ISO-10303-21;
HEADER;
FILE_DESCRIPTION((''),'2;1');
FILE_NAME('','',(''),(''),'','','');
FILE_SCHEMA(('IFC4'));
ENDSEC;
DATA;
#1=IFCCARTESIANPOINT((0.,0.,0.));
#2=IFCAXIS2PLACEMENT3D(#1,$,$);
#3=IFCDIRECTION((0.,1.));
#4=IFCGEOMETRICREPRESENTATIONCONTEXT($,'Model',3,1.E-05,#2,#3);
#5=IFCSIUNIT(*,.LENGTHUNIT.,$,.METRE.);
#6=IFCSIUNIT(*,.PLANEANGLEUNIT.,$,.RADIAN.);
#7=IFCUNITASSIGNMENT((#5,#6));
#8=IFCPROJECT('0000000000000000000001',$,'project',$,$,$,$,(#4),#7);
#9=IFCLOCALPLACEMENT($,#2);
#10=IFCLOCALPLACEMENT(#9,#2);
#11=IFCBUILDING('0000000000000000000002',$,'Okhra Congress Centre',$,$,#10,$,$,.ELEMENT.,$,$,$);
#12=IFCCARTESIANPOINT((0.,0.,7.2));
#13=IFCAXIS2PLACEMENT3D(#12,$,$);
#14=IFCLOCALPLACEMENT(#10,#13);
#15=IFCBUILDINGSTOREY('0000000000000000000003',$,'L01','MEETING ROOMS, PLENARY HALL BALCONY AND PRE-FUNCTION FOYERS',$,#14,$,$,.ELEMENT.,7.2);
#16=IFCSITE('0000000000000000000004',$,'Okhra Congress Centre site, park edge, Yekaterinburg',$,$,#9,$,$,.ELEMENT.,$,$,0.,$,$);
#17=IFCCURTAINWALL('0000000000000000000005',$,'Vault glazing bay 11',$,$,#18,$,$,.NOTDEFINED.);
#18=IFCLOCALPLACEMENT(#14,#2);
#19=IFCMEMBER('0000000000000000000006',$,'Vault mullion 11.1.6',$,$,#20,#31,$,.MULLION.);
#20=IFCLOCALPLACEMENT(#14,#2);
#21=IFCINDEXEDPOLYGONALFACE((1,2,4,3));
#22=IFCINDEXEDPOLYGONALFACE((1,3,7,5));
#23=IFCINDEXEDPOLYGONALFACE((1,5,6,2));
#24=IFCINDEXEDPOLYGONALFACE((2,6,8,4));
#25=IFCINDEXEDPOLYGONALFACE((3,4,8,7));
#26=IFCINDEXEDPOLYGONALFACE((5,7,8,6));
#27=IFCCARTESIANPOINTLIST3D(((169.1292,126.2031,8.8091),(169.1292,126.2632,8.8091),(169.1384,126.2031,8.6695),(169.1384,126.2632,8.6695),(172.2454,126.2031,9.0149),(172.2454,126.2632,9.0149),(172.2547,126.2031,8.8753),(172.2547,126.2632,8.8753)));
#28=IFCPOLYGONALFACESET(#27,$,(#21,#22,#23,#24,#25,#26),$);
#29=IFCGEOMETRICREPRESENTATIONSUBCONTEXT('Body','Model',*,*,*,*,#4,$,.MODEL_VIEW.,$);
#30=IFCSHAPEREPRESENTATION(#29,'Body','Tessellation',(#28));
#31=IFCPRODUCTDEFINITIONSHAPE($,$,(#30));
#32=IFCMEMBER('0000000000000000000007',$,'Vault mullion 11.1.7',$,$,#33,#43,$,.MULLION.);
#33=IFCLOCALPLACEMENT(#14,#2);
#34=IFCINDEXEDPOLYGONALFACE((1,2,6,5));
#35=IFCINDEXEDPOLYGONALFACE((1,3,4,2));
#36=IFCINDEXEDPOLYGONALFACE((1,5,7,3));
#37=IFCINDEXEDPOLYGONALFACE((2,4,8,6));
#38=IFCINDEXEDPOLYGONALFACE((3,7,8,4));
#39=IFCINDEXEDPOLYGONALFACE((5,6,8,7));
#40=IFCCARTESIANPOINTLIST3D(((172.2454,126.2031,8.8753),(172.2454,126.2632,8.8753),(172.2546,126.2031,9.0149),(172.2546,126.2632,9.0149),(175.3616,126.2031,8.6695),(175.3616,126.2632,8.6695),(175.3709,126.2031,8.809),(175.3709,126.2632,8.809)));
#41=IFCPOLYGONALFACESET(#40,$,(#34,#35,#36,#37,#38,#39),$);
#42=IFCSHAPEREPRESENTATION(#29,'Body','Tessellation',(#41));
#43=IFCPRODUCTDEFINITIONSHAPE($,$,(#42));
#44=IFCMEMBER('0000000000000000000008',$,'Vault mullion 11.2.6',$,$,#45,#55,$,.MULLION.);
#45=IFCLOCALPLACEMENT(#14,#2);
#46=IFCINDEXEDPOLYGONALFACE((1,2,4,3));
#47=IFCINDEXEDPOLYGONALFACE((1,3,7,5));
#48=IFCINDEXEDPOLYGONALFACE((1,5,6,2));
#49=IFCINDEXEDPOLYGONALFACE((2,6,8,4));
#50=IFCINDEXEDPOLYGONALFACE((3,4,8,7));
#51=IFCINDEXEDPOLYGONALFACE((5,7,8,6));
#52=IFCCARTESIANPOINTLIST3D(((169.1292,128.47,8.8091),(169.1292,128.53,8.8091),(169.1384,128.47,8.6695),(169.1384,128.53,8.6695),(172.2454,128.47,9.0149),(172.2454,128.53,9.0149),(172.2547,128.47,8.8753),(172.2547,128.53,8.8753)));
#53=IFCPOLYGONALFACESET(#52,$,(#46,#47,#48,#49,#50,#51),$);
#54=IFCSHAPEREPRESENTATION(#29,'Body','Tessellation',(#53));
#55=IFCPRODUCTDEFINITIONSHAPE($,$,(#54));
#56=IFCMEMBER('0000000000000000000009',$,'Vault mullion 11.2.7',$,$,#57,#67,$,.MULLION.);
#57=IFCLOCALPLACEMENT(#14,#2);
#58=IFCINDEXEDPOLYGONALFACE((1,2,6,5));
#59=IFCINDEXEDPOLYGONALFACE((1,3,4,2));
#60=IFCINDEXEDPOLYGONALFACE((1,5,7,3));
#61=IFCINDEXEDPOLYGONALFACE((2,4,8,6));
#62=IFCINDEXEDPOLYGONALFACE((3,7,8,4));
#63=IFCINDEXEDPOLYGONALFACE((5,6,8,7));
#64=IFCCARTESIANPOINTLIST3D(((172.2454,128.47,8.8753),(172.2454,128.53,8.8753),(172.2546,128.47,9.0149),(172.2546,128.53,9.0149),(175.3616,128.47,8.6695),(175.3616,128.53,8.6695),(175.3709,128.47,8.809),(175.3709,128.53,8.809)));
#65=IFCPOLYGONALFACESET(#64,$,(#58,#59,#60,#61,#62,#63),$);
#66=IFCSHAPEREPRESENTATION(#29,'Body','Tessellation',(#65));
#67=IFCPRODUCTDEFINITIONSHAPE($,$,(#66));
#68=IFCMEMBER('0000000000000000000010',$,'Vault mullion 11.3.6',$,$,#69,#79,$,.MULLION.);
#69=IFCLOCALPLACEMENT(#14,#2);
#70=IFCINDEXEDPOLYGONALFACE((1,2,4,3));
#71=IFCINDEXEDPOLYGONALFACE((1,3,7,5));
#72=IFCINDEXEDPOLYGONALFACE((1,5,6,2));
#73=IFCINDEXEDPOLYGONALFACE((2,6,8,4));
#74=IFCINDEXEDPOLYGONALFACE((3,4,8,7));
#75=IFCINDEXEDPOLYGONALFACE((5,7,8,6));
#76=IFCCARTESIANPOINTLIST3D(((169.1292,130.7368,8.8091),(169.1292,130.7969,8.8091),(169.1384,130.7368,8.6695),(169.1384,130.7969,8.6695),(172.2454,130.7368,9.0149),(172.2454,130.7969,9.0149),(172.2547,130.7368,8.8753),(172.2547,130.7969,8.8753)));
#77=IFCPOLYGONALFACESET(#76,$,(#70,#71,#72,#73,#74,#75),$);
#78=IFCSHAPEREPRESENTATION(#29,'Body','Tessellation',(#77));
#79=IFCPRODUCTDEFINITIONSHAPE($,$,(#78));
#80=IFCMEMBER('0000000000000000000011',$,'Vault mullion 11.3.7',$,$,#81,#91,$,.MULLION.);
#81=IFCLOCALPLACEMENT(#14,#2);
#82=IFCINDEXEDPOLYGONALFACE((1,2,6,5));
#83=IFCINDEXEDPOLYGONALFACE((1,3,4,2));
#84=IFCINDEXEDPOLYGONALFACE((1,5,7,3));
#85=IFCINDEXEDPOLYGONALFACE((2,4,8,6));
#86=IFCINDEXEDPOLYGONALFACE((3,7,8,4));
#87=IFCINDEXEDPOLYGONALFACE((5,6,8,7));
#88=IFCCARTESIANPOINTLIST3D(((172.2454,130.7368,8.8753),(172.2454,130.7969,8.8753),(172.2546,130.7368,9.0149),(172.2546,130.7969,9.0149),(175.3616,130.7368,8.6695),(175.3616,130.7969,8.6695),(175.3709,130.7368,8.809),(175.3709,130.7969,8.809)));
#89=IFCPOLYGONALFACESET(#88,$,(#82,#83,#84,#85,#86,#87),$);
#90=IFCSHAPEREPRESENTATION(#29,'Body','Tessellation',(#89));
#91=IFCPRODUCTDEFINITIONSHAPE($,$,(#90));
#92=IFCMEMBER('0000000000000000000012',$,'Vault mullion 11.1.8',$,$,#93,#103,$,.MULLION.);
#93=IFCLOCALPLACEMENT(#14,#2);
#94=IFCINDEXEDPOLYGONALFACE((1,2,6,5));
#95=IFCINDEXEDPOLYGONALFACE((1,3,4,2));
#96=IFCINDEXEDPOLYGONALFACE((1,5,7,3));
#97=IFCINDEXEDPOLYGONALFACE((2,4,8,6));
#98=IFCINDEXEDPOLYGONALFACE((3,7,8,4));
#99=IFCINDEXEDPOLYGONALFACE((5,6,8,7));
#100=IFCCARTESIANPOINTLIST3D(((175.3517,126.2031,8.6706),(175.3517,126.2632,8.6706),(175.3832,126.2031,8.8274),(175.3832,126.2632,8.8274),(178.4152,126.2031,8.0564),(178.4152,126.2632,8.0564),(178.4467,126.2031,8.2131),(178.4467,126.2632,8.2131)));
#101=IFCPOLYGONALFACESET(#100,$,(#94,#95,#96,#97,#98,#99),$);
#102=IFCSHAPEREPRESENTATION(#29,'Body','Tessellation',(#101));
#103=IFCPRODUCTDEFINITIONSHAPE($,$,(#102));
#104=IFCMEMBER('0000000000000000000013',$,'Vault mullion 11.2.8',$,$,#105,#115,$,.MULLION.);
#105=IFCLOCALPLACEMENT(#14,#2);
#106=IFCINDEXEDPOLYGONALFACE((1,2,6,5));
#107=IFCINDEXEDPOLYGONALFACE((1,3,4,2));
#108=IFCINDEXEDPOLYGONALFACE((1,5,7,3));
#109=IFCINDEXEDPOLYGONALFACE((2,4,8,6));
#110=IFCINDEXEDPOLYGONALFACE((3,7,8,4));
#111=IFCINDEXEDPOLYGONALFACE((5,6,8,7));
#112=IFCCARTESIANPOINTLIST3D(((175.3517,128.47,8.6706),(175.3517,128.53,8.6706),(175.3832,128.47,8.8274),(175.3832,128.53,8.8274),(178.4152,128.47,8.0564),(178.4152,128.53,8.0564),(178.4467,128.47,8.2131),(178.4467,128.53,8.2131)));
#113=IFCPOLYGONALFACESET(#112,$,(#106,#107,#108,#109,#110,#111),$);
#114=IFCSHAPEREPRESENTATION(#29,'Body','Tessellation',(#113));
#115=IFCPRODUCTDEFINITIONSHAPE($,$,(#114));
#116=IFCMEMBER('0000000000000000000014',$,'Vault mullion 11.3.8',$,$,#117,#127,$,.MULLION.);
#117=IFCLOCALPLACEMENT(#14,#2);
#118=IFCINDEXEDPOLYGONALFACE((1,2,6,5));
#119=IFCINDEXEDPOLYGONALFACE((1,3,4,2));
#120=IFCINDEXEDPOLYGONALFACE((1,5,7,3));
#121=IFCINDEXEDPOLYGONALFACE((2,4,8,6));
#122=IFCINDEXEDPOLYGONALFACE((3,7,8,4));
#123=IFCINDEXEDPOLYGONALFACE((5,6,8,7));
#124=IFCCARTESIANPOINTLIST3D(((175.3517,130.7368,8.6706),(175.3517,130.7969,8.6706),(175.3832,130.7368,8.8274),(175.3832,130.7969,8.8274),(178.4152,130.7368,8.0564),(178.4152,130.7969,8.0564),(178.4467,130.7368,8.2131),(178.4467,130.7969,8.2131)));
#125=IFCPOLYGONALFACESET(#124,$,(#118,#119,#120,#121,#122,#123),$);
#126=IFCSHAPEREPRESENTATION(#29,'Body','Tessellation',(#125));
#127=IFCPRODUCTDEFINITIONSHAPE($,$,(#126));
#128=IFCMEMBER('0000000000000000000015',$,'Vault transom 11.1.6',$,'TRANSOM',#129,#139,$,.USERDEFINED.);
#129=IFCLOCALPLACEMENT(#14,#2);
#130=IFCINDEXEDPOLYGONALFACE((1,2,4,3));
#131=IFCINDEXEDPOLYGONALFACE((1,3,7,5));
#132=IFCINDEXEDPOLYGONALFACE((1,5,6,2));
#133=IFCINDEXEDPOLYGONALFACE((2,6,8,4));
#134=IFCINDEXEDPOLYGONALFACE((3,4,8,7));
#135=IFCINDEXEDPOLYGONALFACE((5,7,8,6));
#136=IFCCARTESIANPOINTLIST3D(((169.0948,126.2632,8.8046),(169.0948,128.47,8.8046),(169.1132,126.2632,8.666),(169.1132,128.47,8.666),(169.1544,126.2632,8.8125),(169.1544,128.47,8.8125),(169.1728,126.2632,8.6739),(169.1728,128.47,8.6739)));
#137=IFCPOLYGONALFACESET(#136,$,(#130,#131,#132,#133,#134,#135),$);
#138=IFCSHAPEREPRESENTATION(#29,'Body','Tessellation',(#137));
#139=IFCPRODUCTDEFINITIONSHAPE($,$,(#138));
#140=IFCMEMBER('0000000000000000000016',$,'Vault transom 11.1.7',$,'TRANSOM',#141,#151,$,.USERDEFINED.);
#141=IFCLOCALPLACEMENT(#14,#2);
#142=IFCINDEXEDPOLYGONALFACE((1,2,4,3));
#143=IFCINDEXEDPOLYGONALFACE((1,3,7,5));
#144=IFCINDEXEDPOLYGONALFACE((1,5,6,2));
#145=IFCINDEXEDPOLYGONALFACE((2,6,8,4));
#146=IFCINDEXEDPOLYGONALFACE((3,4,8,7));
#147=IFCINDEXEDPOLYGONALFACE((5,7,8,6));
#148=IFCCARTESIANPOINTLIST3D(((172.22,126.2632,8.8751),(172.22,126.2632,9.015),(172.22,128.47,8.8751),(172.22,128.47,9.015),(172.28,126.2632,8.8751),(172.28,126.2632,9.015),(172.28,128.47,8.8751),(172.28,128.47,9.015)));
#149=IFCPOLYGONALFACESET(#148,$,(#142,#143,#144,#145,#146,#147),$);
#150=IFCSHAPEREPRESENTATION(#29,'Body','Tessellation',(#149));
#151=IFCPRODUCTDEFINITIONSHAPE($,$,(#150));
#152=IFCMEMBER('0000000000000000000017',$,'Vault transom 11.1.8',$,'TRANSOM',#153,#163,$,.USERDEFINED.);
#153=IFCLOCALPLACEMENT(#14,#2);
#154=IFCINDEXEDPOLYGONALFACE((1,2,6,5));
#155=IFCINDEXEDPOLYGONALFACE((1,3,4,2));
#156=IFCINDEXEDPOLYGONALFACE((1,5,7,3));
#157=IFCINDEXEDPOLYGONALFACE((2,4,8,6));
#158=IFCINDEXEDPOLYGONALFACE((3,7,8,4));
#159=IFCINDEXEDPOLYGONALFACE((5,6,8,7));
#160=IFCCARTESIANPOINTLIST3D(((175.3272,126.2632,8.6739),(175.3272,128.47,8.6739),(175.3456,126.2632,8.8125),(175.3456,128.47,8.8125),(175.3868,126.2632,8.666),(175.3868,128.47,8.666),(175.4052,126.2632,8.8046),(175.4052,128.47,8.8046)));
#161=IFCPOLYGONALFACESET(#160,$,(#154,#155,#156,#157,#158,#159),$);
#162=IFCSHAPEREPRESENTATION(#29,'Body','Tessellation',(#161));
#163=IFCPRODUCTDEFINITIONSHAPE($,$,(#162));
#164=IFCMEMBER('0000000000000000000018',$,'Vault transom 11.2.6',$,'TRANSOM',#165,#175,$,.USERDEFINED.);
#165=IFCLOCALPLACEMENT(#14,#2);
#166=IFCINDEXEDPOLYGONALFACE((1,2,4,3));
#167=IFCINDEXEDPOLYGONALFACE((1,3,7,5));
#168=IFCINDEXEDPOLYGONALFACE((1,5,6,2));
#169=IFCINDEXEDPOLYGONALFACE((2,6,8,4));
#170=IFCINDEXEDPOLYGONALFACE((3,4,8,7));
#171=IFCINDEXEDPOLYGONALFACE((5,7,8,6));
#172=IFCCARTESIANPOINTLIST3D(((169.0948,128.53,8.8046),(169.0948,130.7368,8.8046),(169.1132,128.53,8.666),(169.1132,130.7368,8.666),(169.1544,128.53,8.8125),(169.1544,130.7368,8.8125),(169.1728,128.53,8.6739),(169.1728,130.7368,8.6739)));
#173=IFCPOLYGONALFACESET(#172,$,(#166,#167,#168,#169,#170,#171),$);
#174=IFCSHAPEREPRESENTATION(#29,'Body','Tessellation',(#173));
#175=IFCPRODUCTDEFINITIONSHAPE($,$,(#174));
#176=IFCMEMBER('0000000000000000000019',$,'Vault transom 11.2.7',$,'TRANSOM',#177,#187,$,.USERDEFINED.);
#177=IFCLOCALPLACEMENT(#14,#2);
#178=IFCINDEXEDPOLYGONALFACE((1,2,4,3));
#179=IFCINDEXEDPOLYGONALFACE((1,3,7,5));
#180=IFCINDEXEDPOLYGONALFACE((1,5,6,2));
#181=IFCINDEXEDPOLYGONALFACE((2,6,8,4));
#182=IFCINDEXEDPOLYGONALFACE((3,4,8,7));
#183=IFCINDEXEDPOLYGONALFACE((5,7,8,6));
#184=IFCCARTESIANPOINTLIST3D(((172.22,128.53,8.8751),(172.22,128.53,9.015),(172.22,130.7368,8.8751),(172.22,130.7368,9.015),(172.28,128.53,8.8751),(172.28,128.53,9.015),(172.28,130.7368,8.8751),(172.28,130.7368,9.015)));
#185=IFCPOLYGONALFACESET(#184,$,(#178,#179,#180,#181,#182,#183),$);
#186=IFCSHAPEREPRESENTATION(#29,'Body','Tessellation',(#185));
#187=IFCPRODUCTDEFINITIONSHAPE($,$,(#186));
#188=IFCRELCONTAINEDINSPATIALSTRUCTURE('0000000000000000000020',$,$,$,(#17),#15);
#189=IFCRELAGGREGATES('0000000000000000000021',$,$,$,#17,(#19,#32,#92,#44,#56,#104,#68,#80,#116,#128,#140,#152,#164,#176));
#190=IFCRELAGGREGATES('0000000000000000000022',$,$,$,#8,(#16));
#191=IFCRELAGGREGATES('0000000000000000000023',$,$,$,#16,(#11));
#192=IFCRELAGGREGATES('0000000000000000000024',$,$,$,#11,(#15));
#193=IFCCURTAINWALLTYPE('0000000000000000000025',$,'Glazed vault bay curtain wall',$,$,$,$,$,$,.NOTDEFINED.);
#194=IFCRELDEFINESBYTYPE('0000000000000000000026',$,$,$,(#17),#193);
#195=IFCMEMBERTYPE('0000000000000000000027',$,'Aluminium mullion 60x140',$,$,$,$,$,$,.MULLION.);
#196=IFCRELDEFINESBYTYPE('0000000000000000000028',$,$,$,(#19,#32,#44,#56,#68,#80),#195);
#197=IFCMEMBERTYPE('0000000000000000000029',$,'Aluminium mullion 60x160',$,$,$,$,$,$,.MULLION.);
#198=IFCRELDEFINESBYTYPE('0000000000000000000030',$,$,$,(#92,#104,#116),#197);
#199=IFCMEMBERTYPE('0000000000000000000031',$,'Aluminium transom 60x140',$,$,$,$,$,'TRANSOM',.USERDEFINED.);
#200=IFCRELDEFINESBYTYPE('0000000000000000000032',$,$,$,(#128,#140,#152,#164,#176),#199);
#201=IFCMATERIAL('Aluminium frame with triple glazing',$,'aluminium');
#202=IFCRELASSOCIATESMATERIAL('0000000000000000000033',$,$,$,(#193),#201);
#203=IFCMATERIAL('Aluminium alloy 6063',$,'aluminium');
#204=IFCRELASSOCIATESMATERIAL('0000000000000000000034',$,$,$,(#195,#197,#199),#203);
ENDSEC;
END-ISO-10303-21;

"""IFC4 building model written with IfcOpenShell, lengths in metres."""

from ifc_helpers import new_model, si_unit, direction, frame, origin, origin_2d, place, context, subcontext, project, spatial, rectangle, extrude, material, material_profile, profile_set, type_object, element, aggregate, save


model = new_model("IFC4")

# Units and contexts
model_context = context("Model", 3, precision=1e-05, world=origin(), true_north=direction((0.0, 1.0)))
body_context = subcontext(model_context, "Body", "Model", "MODEL_VIEW")
ifc_project = project(units=[si_unit("LENGTHUNIT", "METRE"), si_unit("PLANEANGLEUNIT", "RADIAN")], contexts=[model_context])

# Site, building, storey
site_placement = place(None, origin())
site = spatial("IfcSite", under=ifc_project, at=site_placement, Name="Okhra Congress Centre site, park edge, Yekaterinburg", CompositionType="ELEMENT", RefElevation=0.0)
building_placement = place(site_placement, origin())
building = spatial("IfcBuilding", under=site, at=building_placement, Name="Okhra Congress Centre", CompositionType="ELEMENT")
storey_placement = place(building_placement, frame((0.0, 0.0, 7.2)))
storey = spatial("IfcBuildingStorey", under=building, at=storey_placement, Name="L01", Description="MEETING ROOMS, PLENARY HALL BALCONY AND PRE-FUNCTION FOYERS", CompositionType="ELEMENT", Elevation=7.2)

# Curtain wall, members
ifc_material_1 = material(Name="Aluminium frame with triple glazing", Category="aluminium")
curtain_wall_type = type_object("IfcCurtainWallType", Name="Glazed vault bay curtain wall", PredefinedType="NOTDEFINED", material=ifc_material_1)
curtain_wall_placement = place(storey_placement, origin())
curtain_wall = element("IfcCurtainWall", 1, at=curtain_wall_placement, inside=storey, type_object=curtain_wall_type, Name="Vault glazing bay 11", PredefinedType="NOTDEFINED")
ifc_material_2 = material(Name="Aluminium alloy 6063", Category="aluminium")
ifc_material_profile_1 = material_profile(ifc_material_2, rectangle(XDim=0.0601, YDim=0.1399, at=origin_2d()), Name="AL 60x140")
ifc_profile_set_1 = profile_set([ifc_material_profile_1], Name="Aluminium alloy 6063")
member_type_1 = type_object("IfcMemberType", Name="Aluminium mullion 60x140", PredefinedType="MULLION", material=ifc_profile_set_1)
member_1_placement = place(storey_placement, frame((169.1338, 126.2332, 8.7393), z_axis=(0.997826, 0.0, 0.065902), x_axis=(0.0, 1.0, 0.0)))
member_1 = element("IfcMember", 2, at=member_1_placement, type_object=member_type_1, Name="Vault mullion 11.1.6", PredefinedType="MULLION", context=body_context, shape_type="SweptSolid", body=[
    extrude(rectangle(XDim=0.0601, YDim=0.1399, at=origin_2d()), origin(), (0.0, 0.0, 1.0), 3.123),
])
member_2_placement = place(storey_placement, frame((172.25, 126.2332, 8.9451), z_axis=(0.997826, 0.0, -0.065902), x_axis=(0.0, 1.0, 0.0)))
member_2 = element("IfcMember", 3, at=member_2_placement, type_object=member_type_1, Name="Vault mullion 11.1.7", PredefinedType="MULLION", context=body_context, shape_type="SweptSolid", body=[
    extrude(rectangle(XDim=0.0601, YDim=0.1399, at=origin_2d()), origin(), (0.0, 0.0, 1.0), 3.123),
])
member_3_placement = place(storey_placement, frame((169.1338, 128.5, 8.7393), z_axis=(0.997826, 0.0, 0.065902), x_axis=(0.0, 1.0, 0.0)))
member_3 = element("IfcMember", 4, at=member_3_placement, type_object=member_type_1, Name="Vault mullion 11.2.6", PredefinedType="MULLION", context=body_context, shape_type="SweptSolid", body=[
    extrude(rectangle(XDim=0.0601, YDim=0.1399, at=origin_2d()), origin(), (0.0, 0.0, 1.0), 3.123),
])
member_4_placement = place(storey_placement, frame((172.25, 128.5, 8.9451), z_axis=(0.997826, 0.0, -0.065902), x_axis=(0.0, 1.0, 0.0)))
member_4 = element("IfcMember", 5, at=member_4_placement, type_object=member_type_1, Name="Vault mullion 11.2.7", PredefinedType="MULLION", context=body_context, shape_type="SweptSolid", body=[
    extrude(rectangle(XDim=0.0601, YDim=0.1399, at=origin_2d()), origin(), (0.0, 0.0, 1.0), 3.123),
])
member_5_placement = place(storey_placement, frame((169.1338, 130.7668, 8.7393), z_axis=(0.997826, 0.0, 0.065902), x_axis=(0.0, 1.0, 0.0)))
member_5 = element("IfcMember", 6, at=member_5_placement, type_object=member_type_1, Name="Vault mullion 11.3.6", PredefinedType="MULLION", context=body_context, shape_type="SweptSolid", body=[
    extrude(rectangle(XDim=0.0601, YDim=0.1399, at=origin_2d()), origin(), (0.0, 0.0, 1.0), 3.123),
])
member_6_placement = place(storey_placement, frame((172.25, 130.7668, 8.9451), z_axis=(0.997826, 0.0, -0.065902), x_axis=(0.0, 1.0, 0.0)))
member_6 = element("IfcMember", 7, at=member_6_placement, type_object=member_type_1, Name="Vault mullion 11.3.7", PredefinedType="MULLION", context=body_context, shape_type="SweptSolid", body=[
    extrude(rectangle(XDim=0.0601, YDim=0.1399, at=origin_2d()), origin(), (0.0, 0.0, 1.0), 3.123),
])
ifc_material_profile_2 = material_profile(ifc_material_2, rectangle(XDim=0.0601, YDim=0.1599, at=origin_2d()), Name="AL 60x160")
ifc_profile_set_2 = profile_set([ifc_material_profile_2], Name="Aluminium alloy 6063")
member_type_2 = type_object("IfcMemberType", Name="Aluminium mullion 60x160", PredefinedType="MULLION", material=ifc_profile_set_2)
member_7_placement = place(storey_placement, frame((175.3674, 126.2332, 8.749), z_axis=(0.980484, 0.0, -0.196597), x_axis=(0.0, 1.0, 0.0)))
member_7 = element("IfcMember", 8, at=member_7_placement, type_object=member_type_2, Name="Vault mullion 11.1.8", PredefinedType="MULLION", context=body_context, shape_type="SweptSolid", body=[
    extrude(rectangle(XDim=0.0601, YDim=0.1599, at=origin_2d()), origin(), (0.0, 0.0, 1.0), 3.1245),
])
member_8_placement = place(storey_placement, frame((175.3674, 128.5, 8.749), z_axis=(0.980484, 0.0, -0.196597), x_axis=(0.0, 1.0, 0.0)))
member_8 = element("IfcMember", 9, at=member_8_placement, type_object=member_type_2, Name="Vault mullion 11.2.8", PredefinedType="MULLION", context=body_context, shape_type="SweptSolid", body=[
    extrude(rectangle(XDim=0.0601, YDim=0.1599, at=origin_2d()), origin(), (0.0, 0.0, 1.0), 3.1245),
])
member_9_placement = place(storey_placement, frame((175.3674, 130.7668, 8.749), z_axis=(0.980484, 0.0, -0.196597), x_axis=(0.0, 1.0, 0.0)))
member_9 = element("IfcMember", 10, at=member_9_placement, type_object=member_type_2, Name="Vault mullion 11.3.8", PredefinedType="MULLION", context=body_context, shape_type="SweptSolid", body=[
    extrude(rectangle(XDim=0.0601, YDim=0.1599, at=origin_2d()), origin(), (0.0, 0.0, 1.0), 3.1245),
])
ifc_material_profile_3 = material_profile(ifc_material_2, rectangle(XDim=0.0601, YDim=0.1399, at=origin_2d()), Name="AL 60x140 transom")
ifc_profile_set_3 = profile_set([ifc_material_profile_3], Name="Aluminium alloy 6063")
member_type_3 = type_object("IfcMemberType", Name="Aluminium transom 60x140", ElementType="TRANSOM", PredefinedType="USERDEFINED", material=ifc_profile_set_3)
member_10_placement = place(storey_placement, frame((169.1338, 126.2632, 8.7393), z_axis=(0.0, 1.0, 0.0), x_axis=(-0.991307, 0.0, -0.131568)))
member_10 = element("IfcMember", 11, at=member_10_placement, type_object=member_type_3, Name="Vault transom 11.1.6", ObjectType="TRANSOM", PredefinedType="USERDEFINED", context=body_context, shape_type="SweptSolid", body=[
    extrude(rectangle(XDim=0.0601, YDim=0.1399, at=origin_2d()), origin(), (0.0, 0.0, 1.0), 2.2068),
])
member_11_placement = place(storey_placement, frame((172.25, 126.2632, 8.9451), z_axis=(0.0, 1.0, 0.0), x_axis=(-1.0, 0.0, 0.0)))
member_11 = element("IfcMember", 12, at=member_11_placement, type_object=member_type_3, Name="Vault transom 11.1.7", ObjectType="TRANSOM", PredefinedType="USERDEFINED", context=body_context, shape_type="SweptSolid", body=[
    extrude(rectangle(XDim=0.0601, YDim=0.1399, at=origin_2d()), origin(), (0.0, 0.0, 1.0), 2.2068),
])
member_12_placement = place(storey_placement, frame((175.3662, 126.2632, 8.7393), z_axis=(0.0, 1.0, 0.0), x_axis=(-0.991307, 0.0, 0.131568)))
member_12 = element("IfcMember", 13, at=member_12_placement, type_object=member_type_3, Name="Vault transom 11.1.8", ObjectType="TRANSOM", PredefinedType="USERDEFINED", context=body_context, shape_type="SweptSolid", body=[
    extrude(rectangle(XDim=0.0601, YDim=0.1399, at=origin_2d()), origin(), (0.0, 0.0, 1.0), 2.2068),
])
member_13_placement = place(storey_placement, frame((169.1338, 128.53, 8.7393), z_axis=(0.0, 1.0, 0.0), x_axis=(-0.991307, 0.0, -0.131568)))
member_13 = element("IfcMember", 14, at=member_13_placement, type_object=member_type_3, Name="Vault transom 11.2.6", ObjectType="TRANSOM", PredefinedType="USERDEFINED", context=body_context, shape_type="SweptSolid", body=[
    extrude(rectangle(XDim=0.0601, YDim=0.1399, at=origin_2d()), origin(), (0.0, 0.0, 1.0), 2.2068),
])
member_14_placement = place(storey_placement, frame((172.25, 128.53, 8.9451), z_axis=(0.0, 1.0, 0.0), x_axis=(-1.0, 0.0, 0.0)))
member_14 = element("IfcMember", 15, at=member_14_placement, type_object=member_type_3, Name="Vault transom 11.2.7", ObjectType="TRANSOM", PredefinedType="USERDEFINED", context=body_context, shape_type="SweptSolid", body=[
    extrude(rectangle(XDim=0.0601, YDim=0.1399, at=origin_2d()), origin(), (0.0, 0.0, 1.0), 2.2068),
])
aggregate(curtain_wall, [member_1, member_2, member_7, member_3, member_4, member_8, member_5, member_6, member_9, member_10, member_11, member_12, member_13, member_14])

save(model, "model.ifc")
